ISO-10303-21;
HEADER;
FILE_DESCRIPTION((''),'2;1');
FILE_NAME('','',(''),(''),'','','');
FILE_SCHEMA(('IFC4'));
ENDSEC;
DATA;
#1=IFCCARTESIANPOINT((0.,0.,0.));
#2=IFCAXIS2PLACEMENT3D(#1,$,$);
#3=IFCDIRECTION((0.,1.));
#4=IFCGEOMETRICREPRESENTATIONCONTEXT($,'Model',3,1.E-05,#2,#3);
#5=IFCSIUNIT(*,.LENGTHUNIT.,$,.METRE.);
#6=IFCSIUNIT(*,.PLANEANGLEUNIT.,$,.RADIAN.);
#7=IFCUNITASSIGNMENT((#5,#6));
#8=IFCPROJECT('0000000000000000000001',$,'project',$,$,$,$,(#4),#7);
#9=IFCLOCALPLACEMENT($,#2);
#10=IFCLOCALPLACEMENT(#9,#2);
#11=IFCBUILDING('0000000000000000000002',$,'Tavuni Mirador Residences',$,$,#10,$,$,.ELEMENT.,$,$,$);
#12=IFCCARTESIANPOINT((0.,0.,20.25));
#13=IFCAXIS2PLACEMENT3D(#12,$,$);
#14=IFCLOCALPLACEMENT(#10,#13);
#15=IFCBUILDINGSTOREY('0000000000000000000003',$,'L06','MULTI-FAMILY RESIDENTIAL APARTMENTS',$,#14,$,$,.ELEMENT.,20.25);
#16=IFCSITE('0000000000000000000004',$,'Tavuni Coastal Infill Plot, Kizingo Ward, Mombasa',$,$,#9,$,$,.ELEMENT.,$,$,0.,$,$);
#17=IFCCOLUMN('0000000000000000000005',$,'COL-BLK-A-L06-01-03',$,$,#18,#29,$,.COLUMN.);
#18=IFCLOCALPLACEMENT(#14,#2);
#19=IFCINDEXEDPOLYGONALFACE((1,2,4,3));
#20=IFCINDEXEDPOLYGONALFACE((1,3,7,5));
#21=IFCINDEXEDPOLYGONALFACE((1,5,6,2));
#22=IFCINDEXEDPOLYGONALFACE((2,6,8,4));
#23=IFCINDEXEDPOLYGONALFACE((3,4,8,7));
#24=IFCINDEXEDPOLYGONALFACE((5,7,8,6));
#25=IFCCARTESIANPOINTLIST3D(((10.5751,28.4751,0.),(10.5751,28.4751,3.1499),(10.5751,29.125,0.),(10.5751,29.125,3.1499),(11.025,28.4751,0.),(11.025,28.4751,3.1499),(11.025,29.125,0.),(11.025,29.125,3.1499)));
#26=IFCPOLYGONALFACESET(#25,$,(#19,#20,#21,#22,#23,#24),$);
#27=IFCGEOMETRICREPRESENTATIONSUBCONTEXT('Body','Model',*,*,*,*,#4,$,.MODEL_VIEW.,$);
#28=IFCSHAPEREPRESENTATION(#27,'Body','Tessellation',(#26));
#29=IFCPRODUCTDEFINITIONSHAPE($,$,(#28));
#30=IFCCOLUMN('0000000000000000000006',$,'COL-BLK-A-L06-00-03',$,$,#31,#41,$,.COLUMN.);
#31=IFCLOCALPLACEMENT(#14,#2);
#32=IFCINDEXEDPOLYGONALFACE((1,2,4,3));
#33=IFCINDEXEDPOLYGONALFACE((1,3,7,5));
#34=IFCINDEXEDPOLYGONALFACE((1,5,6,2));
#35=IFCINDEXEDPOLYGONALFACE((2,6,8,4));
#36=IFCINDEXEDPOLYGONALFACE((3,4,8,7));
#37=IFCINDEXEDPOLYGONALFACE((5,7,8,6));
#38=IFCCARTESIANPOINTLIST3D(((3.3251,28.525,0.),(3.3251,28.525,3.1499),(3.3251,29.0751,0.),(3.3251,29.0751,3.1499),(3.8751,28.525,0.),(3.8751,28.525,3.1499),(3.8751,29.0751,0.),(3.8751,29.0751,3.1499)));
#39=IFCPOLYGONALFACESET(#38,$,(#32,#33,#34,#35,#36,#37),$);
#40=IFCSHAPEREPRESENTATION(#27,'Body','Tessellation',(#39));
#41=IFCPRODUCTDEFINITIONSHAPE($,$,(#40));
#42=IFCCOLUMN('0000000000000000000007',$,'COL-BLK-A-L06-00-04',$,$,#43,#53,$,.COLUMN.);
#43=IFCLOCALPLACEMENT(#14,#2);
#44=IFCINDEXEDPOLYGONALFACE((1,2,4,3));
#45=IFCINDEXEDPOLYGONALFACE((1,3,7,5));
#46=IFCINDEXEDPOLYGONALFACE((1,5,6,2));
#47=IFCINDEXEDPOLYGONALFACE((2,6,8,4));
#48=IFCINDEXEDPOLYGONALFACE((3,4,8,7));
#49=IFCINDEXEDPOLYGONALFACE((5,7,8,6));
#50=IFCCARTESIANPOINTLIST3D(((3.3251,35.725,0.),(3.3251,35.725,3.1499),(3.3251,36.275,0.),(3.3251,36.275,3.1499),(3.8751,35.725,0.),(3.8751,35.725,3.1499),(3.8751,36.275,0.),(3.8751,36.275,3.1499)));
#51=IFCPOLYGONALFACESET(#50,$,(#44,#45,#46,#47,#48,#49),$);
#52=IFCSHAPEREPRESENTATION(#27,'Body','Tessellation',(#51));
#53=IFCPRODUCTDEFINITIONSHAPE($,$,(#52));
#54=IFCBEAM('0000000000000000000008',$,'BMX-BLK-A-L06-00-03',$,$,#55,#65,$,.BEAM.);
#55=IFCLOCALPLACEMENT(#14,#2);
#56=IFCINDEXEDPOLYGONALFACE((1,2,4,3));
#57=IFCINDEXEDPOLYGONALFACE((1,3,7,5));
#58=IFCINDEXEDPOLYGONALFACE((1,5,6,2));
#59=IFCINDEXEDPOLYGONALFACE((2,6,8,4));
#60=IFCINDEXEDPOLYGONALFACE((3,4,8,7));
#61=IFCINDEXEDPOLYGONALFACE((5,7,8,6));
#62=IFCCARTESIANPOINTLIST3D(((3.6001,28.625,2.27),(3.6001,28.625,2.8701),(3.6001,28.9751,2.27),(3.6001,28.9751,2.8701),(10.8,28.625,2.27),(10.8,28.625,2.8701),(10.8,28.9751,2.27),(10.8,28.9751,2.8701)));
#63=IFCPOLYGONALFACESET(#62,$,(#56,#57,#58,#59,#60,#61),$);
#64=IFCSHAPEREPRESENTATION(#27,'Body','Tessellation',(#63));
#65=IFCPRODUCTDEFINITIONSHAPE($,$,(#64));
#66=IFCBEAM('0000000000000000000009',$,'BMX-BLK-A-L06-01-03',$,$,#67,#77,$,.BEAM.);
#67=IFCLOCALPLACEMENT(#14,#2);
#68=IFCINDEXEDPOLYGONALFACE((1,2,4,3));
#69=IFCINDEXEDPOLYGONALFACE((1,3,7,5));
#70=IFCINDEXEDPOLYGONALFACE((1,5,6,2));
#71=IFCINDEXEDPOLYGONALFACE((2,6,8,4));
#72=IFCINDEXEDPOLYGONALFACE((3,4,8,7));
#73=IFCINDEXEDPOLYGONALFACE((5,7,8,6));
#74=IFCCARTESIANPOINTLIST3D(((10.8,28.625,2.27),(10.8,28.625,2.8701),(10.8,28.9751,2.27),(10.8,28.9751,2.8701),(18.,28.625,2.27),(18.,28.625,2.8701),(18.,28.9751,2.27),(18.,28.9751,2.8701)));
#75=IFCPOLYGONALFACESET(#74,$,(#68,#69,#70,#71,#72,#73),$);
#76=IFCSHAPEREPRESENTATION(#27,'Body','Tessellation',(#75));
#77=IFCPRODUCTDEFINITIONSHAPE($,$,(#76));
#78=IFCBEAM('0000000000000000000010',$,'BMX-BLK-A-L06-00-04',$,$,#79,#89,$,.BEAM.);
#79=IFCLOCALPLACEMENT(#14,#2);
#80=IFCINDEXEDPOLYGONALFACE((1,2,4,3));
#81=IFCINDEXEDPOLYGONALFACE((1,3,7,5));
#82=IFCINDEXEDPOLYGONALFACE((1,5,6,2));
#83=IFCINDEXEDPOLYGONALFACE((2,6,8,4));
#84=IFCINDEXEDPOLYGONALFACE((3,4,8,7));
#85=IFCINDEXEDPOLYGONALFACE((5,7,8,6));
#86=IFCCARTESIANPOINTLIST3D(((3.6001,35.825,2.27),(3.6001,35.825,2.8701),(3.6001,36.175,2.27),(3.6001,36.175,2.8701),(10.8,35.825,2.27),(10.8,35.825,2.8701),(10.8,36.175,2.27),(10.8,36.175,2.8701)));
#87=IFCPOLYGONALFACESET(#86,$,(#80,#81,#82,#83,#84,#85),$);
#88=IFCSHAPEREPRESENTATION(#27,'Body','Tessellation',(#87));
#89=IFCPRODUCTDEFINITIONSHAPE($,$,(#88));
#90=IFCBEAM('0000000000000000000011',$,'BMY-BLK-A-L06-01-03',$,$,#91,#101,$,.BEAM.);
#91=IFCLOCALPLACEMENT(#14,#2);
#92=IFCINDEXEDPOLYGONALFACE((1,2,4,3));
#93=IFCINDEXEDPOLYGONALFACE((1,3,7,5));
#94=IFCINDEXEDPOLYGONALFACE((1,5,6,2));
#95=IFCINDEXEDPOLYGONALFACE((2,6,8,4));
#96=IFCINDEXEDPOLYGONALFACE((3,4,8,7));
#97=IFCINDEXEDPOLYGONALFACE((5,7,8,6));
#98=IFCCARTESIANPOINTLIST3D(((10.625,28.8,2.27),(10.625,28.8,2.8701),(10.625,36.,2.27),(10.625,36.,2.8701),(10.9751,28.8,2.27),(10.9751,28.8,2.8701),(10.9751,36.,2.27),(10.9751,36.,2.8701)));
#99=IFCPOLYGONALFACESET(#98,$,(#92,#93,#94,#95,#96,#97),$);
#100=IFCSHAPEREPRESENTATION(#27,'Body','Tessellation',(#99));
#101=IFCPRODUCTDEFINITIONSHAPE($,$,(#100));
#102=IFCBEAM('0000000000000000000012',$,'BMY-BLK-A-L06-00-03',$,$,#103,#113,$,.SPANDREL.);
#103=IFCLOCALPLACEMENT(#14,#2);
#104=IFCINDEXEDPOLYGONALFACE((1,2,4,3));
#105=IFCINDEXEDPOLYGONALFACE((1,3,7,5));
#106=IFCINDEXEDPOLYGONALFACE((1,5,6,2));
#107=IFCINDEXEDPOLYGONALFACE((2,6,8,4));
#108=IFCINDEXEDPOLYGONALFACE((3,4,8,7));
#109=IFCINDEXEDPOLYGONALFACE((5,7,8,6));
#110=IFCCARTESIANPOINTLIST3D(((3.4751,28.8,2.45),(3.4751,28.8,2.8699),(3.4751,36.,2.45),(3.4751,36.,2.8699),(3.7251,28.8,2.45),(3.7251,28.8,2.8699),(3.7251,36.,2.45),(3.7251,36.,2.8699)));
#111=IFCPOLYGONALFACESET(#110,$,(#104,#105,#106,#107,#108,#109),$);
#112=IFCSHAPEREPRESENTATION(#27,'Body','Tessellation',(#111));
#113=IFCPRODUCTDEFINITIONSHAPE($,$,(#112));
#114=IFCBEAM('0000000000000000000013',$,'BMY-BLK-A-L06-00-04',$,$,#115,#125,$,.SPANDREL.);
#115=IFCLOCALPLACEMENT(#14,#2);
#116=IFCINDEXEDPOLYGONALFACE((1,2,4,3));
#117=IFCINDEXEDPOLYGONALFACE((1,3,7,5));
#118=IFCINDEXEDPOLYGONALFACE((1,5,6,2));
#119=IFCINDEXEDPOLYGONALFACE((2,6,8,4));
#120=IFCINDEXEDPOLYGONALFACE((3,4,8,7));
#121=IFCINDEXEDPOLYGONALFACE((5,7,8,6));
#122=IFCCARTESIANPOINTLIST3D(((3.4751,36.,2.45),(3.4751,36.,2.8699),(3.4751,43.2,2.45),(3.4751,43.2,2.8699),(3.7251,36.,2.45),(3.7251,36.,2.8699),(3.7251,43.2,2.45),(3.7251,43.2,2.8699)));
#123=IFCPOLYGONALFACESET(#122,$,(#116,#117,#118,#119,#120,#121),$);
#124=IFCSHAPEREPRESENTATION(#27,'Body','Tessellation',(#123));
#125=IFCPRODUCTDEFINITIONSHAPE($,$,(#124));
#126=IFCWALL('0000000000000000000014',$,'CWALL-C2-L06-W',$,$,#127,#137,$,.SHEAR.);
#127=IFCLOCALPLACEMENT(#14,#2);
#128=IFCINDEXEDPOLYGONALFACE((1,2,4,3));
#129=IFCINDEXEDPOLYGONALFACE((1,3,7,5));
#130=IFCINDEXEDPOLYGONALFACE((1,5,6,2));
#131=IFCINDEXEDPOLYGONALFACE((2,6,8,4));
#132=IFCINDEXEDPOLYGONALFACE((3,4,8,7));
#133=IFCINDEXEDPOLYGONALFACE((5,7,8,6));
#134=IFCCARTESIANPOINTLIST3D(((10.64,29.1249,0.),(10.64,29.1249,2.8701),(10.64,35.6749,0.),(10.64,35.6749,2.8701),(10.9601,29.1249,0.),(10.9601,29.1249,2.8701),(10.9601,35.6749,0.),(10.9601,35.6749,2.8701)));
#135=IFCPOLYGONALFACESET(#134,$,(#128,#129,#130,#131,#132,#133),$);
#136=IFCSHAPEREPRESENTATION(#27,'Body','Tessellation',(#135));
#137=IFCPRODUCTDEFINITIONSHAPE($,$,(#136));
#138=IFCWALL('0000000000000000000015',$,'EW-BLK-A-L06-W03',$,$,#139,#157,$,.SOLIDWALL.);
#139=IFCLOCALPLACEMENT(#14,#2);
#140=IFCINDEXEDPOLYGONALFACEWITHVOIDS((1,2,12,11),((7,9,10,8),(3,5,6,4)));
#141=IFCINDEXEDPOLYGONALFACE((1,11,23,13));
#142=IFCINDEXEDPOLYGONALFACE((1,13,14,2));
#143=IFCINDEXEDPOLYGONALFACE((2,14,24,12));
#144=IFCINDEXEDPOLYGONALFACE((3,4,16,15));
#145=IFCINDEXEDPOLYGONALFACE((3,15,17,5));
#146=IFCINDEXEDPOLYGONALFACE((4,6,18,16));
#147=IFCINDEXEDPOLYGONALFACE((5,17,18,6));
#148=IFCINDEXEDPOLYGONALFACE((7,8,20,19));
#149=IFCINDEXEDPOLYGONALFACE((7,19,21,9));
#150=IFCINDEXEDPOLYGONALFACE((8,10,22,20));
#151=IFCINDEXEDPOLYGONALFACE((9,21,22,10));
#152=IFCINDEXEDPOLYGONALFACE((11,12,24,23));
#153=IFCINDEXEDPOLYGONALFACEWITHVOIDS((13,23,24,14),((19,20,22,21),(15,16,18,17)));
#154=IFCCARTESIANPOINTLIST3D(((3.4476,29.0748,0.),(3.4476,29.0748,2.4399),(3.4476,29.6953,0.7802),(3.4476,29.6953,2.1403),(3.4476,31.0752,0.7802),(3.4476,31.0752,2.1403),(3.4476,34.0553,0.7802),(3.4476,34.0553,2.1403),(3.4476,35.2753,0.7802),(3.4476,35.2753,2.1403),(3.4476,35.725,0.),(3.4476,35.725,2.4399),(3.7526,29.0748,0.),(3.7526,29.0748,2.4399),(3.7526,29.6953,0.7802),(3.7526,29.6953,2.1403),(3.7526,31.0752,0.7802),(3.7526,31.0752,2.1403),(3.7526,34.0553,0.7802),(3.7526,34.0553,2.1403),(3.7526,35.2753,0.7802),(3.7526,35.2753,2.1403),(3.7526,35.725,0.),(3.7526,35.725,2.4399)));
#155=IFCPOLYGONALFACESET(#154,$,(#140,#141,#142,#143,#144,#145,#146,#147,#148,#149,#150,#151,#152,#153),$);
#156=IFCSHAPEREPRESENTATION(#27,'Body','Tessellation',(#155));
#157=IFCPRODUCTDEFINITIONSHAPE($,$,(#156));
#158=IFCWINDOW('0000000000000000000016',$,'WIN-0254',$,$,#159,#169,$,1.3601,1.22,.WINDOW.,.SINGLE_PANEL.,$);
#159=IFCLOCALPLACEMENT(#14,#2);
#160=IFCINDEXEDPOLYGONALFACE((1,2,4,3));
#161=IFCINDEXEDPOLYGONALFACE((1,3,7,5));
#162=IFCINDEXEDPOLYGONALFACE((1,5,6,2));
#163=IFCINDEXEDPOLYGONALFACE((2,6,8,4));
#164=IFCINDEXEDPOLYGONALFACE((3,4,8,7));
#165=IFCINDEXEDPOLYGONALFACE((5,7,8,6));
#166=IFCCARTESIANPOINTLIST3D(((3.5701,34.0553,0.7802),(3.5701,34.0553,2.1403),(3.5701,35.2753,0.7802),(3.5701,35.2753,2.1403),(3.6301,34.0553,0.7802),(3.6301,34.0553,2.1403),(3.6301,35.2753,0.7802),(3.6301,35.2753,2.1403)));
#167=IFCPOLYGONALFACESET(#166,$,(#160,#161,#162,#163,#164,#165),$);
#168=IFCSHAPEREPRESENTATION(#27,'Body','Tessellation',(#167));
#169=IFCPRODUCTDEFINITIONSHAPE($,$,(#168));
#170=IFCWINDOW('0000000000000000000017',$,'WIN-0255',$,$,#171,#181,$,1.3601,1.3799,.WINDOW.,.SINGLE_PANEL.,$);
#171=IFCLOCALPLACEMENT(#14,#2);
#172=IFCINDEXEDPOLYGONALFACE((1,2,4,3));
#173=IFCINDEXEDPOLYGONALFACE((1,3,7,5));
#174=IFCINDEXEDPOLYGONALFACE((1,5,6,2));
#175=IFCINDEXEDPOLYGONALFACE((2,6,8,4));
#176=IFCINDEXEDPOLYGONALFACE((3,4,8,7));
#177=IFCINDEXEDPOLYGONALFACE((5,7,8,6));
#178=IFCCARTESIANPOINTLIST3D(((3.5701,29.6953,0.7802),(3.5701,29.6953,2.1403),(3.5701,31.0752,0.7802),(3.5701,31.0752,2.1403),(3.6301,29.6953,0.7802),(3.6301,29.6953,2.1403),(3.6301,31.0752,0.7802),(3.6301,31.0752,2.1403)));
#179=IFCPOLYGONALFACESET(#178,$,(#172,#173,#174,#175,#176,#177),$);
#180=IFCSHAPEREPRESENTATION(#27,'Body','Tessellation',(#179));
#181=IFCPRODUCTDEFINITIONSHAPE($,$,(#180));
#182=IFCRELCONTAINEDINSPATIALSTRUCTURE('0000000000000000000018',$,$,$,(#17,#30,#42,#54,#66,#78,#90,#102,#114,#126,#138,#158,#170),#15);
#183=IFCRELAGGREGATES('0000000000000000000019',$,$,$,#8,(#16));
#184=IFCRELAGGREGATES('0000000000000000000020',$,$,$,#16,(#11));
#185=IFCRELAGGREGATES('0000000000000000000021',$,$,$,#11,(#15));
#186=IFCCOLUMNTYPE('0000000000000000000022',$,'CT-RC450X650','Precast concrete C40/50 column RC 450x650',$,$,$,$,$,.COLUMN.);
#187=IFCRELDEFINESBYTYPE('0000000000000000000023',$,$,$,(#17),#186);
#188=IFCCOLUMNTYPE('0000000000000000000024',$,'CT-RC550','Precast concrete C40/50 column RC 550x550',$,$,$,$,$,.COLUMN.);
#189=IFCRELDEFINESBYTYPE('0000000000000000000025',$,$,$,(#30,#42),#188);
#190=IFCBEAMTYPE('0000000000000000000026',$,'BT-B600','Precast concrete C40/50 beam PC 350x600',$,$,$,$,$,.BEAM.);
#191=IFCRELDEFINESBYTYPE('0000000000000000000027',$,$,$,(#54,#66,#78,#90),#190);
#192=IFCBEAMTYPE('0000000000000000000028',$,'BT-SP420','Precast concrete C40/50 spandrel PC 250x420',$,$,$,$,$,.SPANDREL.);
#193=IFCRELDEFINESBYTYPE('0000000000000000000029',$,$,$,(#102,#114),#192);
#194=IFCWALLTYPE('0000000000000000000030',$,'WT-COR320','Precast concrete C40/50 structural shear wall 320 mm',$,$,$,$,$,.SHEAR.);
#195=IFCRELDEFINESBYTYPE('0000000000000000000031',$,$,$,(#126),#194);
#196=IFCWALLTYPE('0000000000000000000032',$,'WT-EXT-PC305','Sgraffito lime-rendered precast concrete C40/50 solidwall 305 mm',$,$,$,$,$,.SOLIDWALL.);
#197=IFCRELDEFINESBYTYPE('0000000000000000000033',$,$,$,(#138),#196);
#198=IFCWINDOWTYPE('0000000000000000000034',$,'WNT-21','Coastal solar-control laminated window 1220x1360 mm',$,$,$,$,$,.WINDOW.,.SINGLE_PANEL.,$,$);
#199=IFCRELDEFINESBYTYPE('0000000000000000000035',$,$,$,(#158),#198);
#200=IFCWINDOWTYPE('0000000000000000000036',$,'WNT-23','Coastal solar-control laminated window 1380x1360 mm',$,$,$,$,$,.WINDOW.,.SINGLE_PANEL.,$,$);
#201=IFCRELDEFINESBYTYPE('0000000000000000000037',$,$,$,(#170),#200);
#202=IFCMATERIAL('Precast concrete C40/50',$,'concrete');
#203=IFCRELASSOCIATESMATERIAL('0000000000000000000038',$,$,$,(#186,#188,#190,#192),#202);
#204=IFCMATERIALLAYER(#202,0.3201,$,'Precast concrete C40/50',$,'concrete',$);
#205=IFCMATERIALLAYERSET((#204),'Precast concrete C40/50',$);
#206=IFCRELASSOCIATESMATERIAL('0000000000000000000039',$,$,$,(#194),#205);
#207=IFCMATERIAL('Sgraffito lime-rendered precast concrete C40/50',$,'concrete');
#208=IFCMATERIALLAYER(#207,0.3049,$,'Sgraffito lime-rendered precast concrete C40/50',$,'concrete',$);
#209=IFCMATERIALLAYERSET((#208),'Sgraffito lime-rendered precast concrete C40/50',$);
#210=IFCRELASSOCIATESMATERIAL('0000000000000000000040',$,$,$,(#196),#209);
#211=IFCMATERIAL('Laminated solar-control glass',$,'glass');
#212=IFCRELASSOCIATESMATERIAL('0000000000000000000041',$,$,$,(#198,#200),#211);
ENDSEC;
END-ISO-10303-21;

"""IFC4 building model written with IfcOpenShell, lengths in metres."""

from ifc_helpers import new_model, si_unit, direction, frame, frame_2d, origin, origin_2d, place, context, subcontext, project, spatial, rectangle, extrude, material, layer, layer_set, material_profile, profile_set, type_object, element, fill, save


model = new_model("IFC4")

# Units and contexts
model_context = context("Model", 3, precision=1e-05, world=origin(), true_north=direction((0.0, 1.0)))
body_context = subcontext(model_context, "Body", "Model", "MODEL_VIEW")
ifc_project = project(units=[si_unit("LENGTHUNIT", "METRE"), si_unit("PLANEANGLEUNIT", "RADIAN")], contexts=[model_context])

# Site, building, storey
site_placement = place(None, origin())
site = spatial("IfcSite", under=ifc_project, at=site_placement, Name="Tavuni Coastal Infill Plot, Kizingo Ward, Mombasa", CompositionType="ELEMENT", RefElevation=0.0)
building_placement = place(site_placement, origin())
building = spatial("IfcBuilding", under=site, at=building_placement, Name="Tavuni Mirador Residences", CompositionType="ELEMENT")
storey_placement = place(building_placement, frame((0.0, 0.0, 20.25)))
storey = spatial("IfcBuildingStorey", under=building, at=storey_placement, Name="L06", Description="MULTI-FAMILY RESIDENTIAL APARTMENTS", CompositionType="ELEMENT", Elevation=20.25)

# Columns
ifc_material_1 = material(Name="Precast concrete C40/50", Category="concrete")
ifc_material_profile_1 = material_profile(ifc_material_1, rectangle(XDim=0.45, YDim=0.6499, at=origin_2d()), Name="RC 450x650", Category="concrete")
ifc_profile_set_1 = profile_set([ifc_material_profile_1], Name="Precast concrete C40/50")
column_type_1 = type_object("IfcColumnType", Name="CT-RC450X650", Description="Precast concrete C40/50 column RC 450x650", PredefinedType="COLUMN", material=ifc_profile_set_1)
column_placement = place(storey_placement, frame((10.8, 28.8, 0.0), z_axis=(0.0, 0.0, 1.0), x_axis=(1.0, 0.0, 0.0)))
element("IfcColumn", 1, at=column_placement, inside=storey, type_object=column_type_1, Name="COL-BLK-A-L06-01-03", PredefinedType="COLUMN", context=body_context, shape_type="SweptSolid", body=[
    extrude(rectangle(XDim=0.45, YDim=0.6499, at=origin_2d()), origin(), (0.0, 0.0, 1.0), 3.1499),
])
ifc_material_profile_2 = material_profile(ifc_material_1, rectangle(XDim=0.55, YDim=0.55, at=origin_2d()), Name="RC 550x550", Category="concrete")
ifc_profile_set_2 = profile_set([ifc_material_profile_2], Name="Precast concrete C40/50")
column_type_2 = type_object("IfcColumnType", Name="CT-RC550", Description="Precast concrete C40/50 column RC 550x550", PredefinedType="COLUMN", material=ifc_profile_set_2)
for number, where, z_axis, x_axis, name in (
    (2, (3.6001, 28.8, 0.0), (0.0, 0.0, 1.0), (1.0, 0.0, 0.0), "COL-BLK-A-L06-00-03"),
    (3, (3.6001, 36.0, 0.0), (0.0, 0.0, 1.0), (1.0, 0.0, 0.0), "COL-BLK-A-L06-00-04"),
):
    element("IfcColumn", number, at=place(storey_placement, frame(where, z_axis=z_axis, x_axis=x_axis)), inside=storey, type_object=column_type_2, Name=name, PredefinedType="COLUMN", context=body_context, shape_type="SweptSolid", body=[
        extrude(rectangle(XDim=0.55, YDim=0.55, at=origin_2d()), origin(), (0.0, 0.0, 1.0), 3.1499),
    ])

# Beams
ifc_material_profile_3 = material_profile(ifc_material_1, rectangle(XDim=0.3501, YDim=0.6001, at=origin_2d()), Name="PC 350x600", Category="concrete")
ifc_profile_set_3 = profile_set([ifc_material_profile_3], Name="Precast concrete C40/50")
beam_type_1 = type_object("IfcBeamType", Name="BT-B600", Description="Precast concrete C40/50 beam PC 350x600", PredefinedType="BEAM", material=ifc_profile_set_3)
for number, where, z_axis, x_axis, name in (
    (4, (3.6001, 28.8, 2.5701), (1.0, 0.0, 0.0), (0.0, 1.0, 0.0), "BMX-BLK-A-L06-00-03"),
    (5, (10.8, 28.8, 2.5701), (1.0, 0.0, 0.0), (0.0, 1.0, 0.0), "BMX-BLK-A-L06-01-03"),
    (6, (3.6001, 36.0, 2.5701), (1.0, 0.0, 0.0), (0.0, 1.0, 0.0), "BMX-BLK-A-L06-00-04"),
    (7, (10.8, 28.8, 2.5701), (0.0, 1.0, 0.0), (-1.0, 0.0, 0.0), "BMY-BLK-A-L06-01-03"),
):
    element("IfcBeam", number, at=place(storey_placement, frame(where, z_axis=z_axis, x_axis=x_axis)), inside=storey, type_object=beam_type_1, Name=name, PredefinedType="BEAM", context=body_context, shape_type="SweptSolid", body=[
        extrude(rectangle(XDim=0.3501, YDim=0.6001, at=origin_2d()), origin(), (0.0, 0.0, 1.0), 7.2),
    ])
ifc_material_profile_4 = material_profile(ifc_material_1, rectangle(XDim=0.25, YDim=0.4199, at=origin_2d()), Name="PC 250x420", Category="concrete")
ifc_profile_set_4 = profile_set([ifc_material_profile_4], Name="Precast concrete C40/50")
beam_type_2 = type_object("IfcBeamType", Name="BT-SP420", Description="Precast concrete C40/50 spandrel PC 250x420", PredefinedType="SPANDREL", material=ifc_profile_set_4)
for number, where, z_axis, x_axis, name in (
    (8, (3.6001, 28.8, 2.6599), (0.0, 1.0, 0.0), (-1.0, 0.0, 0.0), "BMY-BLK-A-L06-00-03"),
    (9, (3.6001, 36.0, 2.6599), (0.0, 1.0, 0.0), (-1.0, 0.0, 0.0), "BMY-BLK-A-L06-00-04"),
):
    element("IfcBeam", number, at=place(storey_placement, frame(where, z_axis=z_axis, x_axis=x_axis)), inside=storey, type_object=beam_type_2, Name=name, PredefinedType="SPANDREL", context=body_context, shape_type="SweptSolid", body=[
        extrude(rectangle(XDim=0.25, YDim=0.4199, at=origin_2d()), origin(), (0.0, 0.0, 1.0), 7.2),
    ])

# Wall
ifc_layer_1 = layer(ifc_material_1, 0.3201, Name="Precast concrete C40/50", Category="concrete")
ifc_layer_set_1 = layer_set([ifc_layer_1], Name="Precast concrete C40/50")
wall_type_1 = type_object("IfcWallType", Name="WT-COR320", Description="Precast concrete C40/50 structural shear wall 320 mm", PredefinedType="SHEAR", material=ifc_layer_set_1)
wall_1_placement = place(storey_placement, frame((10.8, 29.125, 0.0), z_axis=(0.0, 0.0, 1.0), x_axis=(0.0, 1.0, 0.0)))
element("IfcWall", 10, at=wall_1_placement, inside=storey, type_object=wall_type_1, Name="CWALL-C2-L06-W", PredefinedType="SHEAR", context=body_context, shape_type="SweptSolid", body=[
    extrude(rectangle(XDim=6.55, YDim=0.3201, at=frame_2d((3.2749, 0.0))), origin(), (0.0, 0.0, 1.0), 2.8701),
])

# Wall, openings, windows
ifc_material_2 = material(Name="Sgraffito lime-rendered precast concrete C40/50", Category="concrete")
ifc_layer_2 = layer(ifc_material_2, 0.3049, Name="Sgraffito lime-rendered precast concrete C40/50", Category="concrete")
ifc_layer_set_2 = layer_set([ifc_layer_2], Name="Sgraffito lime-rendered precast concrete C40/50")
wall_type_2 = type_object("IfcWallType", Name="WT-EXT-PC305", Description="Sgraffito lime-rendered precast concrete C40/50 solidwall 305 mm", PredefinedType="SOLIDWALL", material=ifc_layer_set_2)
wall_2_placement = place(storey_placement, frame((3.6001, 35.7251, 0.0), z_axis=(0.0, 0.0, 1.0), x_axis=(0.0, -1.0, 0.0)))
wall_2 = element("IfcWall", 11, at=wall_2_placement, inside=storey, type_object=wall_type_2, Name="EW-BLK-A-L06-W03", PredefinedType="SOLIDWALL", context=body_context, shape_type="SweptSolid", body=[
    extrude(rectangle(XDim=6.6501, YDim=0.3049, at=frame_2d((3.3252, 0.0))), origin(), (0.0, 0.0, 1.0), 2.4399),
])
opening_1_placement = place(wall_2_placement, frame((0.45, 0.0, 0.78)))
opening_1 = element("IfcOpeningElement", 12, at=opening_1_placement, cuts=wall_2, PredefinedType="OPENING", context=body_context, shape_type="SweptSolid", body=[
    extrude(rectangle(XDim=1.22, YDim=1.3601, at=frame_2d((0.6099, 0.6802))), frame((0.0, 0.1626, 0.0), z_axis=(0.0, -1.0, 0.0), x_axis=(1.0, 0.0, 0.0)), (0.0, 0.0, 1.0), 0.325),
])
opening_2_placement = place(wall_2_placement, frame((4.6499, 0.0, 0.78)))
opening_2 = element("IfcOpeningElement", 13, at=opening_2_placement, cuts=wall_2, PredefinedType="OPENING", context=body_context, shape_type="SweptSolid", body=[
    extrude(rectangle(XDim=1.3799, YDim=1.3601, at=frame_2d((0.6899, 0.6802))), frame((0.0, 0.1626, 0.0), z_axis=(0.0, -1.0, 0.0), x_axis=(1.0, 0.0, 0.0)), (0.0, 0.0, 1.0), 0.325),
])
ifc_material_3 = material(Name="Laminated solar-control glass", Category="glass")
window_type_1 = type_object("IfcWindowType", Name="WNT-21", Description="Coastal solar-control laminated window 1220x1360 mm", PartitioningType="SINGLE_PANEL", PredefinedType="WINDOW", material=ifc_material_3)
window_1_placement = place(opening_1_placement, origin())
window_1 = element("IfcWindow", 14, at=window_1_placement, inside=storey, type_object=window_type_1, Name="WIN-0254", OverallHeight=1.3601, OverallWidth=1.22, PartitioningType="SINGLE_PANEL", PredefinedType="WINDOW", context=body_context, shape_type="SweptSolid", body=[
    extrude(rectangle(XDim=1.22, YDim=1.3601, at=frame_2d((0.6099, 0.6802))), frame((0.0, 0.03, 0.0), z_axis=(0.0, -1.0, 0.0), x_axis=(1.0, 0.0, 0.0)), (0.0, 0.0, 1.0), 0.0601),
])
fill(opening_1, window_1)
window_type_2 = type_object("IfcWindowType", Name="WNT-23", Description="Coastal solar-control laminated window 1380x1360 mm", PartitioningType="SINGLE_PANEL", PredefinedType="WINDOW", material=ifc_material_3)
window_2_placement = place(opening_2_placement, origin())
window_2 = element("IfcWindow", 15, at=window_2_placement, inside=storey, type_object=window_type_2, Name="WIN-0255", OverallHeight=1.3601, OverallWidth=1.3799, PartitioningType="SINGLE_PANEL", PredefinedType="WINDOW", context=body_context, shape_type="SweptSolid", body=[
    extrude(rectangle(XDim=1.3799, YDim=1.3601, at=frame_2d((0.6899, 0.6802))), frame((0.0, 0.03, 0.0), z_axis=(0.0, -1.0, 0.0), x_axis=(1.0, 0.0, 0.0)), (0.0, 0.0, 1.0), 0.0601),
])
fill(opening_2, window_2)

save(model, "model.ifc")
